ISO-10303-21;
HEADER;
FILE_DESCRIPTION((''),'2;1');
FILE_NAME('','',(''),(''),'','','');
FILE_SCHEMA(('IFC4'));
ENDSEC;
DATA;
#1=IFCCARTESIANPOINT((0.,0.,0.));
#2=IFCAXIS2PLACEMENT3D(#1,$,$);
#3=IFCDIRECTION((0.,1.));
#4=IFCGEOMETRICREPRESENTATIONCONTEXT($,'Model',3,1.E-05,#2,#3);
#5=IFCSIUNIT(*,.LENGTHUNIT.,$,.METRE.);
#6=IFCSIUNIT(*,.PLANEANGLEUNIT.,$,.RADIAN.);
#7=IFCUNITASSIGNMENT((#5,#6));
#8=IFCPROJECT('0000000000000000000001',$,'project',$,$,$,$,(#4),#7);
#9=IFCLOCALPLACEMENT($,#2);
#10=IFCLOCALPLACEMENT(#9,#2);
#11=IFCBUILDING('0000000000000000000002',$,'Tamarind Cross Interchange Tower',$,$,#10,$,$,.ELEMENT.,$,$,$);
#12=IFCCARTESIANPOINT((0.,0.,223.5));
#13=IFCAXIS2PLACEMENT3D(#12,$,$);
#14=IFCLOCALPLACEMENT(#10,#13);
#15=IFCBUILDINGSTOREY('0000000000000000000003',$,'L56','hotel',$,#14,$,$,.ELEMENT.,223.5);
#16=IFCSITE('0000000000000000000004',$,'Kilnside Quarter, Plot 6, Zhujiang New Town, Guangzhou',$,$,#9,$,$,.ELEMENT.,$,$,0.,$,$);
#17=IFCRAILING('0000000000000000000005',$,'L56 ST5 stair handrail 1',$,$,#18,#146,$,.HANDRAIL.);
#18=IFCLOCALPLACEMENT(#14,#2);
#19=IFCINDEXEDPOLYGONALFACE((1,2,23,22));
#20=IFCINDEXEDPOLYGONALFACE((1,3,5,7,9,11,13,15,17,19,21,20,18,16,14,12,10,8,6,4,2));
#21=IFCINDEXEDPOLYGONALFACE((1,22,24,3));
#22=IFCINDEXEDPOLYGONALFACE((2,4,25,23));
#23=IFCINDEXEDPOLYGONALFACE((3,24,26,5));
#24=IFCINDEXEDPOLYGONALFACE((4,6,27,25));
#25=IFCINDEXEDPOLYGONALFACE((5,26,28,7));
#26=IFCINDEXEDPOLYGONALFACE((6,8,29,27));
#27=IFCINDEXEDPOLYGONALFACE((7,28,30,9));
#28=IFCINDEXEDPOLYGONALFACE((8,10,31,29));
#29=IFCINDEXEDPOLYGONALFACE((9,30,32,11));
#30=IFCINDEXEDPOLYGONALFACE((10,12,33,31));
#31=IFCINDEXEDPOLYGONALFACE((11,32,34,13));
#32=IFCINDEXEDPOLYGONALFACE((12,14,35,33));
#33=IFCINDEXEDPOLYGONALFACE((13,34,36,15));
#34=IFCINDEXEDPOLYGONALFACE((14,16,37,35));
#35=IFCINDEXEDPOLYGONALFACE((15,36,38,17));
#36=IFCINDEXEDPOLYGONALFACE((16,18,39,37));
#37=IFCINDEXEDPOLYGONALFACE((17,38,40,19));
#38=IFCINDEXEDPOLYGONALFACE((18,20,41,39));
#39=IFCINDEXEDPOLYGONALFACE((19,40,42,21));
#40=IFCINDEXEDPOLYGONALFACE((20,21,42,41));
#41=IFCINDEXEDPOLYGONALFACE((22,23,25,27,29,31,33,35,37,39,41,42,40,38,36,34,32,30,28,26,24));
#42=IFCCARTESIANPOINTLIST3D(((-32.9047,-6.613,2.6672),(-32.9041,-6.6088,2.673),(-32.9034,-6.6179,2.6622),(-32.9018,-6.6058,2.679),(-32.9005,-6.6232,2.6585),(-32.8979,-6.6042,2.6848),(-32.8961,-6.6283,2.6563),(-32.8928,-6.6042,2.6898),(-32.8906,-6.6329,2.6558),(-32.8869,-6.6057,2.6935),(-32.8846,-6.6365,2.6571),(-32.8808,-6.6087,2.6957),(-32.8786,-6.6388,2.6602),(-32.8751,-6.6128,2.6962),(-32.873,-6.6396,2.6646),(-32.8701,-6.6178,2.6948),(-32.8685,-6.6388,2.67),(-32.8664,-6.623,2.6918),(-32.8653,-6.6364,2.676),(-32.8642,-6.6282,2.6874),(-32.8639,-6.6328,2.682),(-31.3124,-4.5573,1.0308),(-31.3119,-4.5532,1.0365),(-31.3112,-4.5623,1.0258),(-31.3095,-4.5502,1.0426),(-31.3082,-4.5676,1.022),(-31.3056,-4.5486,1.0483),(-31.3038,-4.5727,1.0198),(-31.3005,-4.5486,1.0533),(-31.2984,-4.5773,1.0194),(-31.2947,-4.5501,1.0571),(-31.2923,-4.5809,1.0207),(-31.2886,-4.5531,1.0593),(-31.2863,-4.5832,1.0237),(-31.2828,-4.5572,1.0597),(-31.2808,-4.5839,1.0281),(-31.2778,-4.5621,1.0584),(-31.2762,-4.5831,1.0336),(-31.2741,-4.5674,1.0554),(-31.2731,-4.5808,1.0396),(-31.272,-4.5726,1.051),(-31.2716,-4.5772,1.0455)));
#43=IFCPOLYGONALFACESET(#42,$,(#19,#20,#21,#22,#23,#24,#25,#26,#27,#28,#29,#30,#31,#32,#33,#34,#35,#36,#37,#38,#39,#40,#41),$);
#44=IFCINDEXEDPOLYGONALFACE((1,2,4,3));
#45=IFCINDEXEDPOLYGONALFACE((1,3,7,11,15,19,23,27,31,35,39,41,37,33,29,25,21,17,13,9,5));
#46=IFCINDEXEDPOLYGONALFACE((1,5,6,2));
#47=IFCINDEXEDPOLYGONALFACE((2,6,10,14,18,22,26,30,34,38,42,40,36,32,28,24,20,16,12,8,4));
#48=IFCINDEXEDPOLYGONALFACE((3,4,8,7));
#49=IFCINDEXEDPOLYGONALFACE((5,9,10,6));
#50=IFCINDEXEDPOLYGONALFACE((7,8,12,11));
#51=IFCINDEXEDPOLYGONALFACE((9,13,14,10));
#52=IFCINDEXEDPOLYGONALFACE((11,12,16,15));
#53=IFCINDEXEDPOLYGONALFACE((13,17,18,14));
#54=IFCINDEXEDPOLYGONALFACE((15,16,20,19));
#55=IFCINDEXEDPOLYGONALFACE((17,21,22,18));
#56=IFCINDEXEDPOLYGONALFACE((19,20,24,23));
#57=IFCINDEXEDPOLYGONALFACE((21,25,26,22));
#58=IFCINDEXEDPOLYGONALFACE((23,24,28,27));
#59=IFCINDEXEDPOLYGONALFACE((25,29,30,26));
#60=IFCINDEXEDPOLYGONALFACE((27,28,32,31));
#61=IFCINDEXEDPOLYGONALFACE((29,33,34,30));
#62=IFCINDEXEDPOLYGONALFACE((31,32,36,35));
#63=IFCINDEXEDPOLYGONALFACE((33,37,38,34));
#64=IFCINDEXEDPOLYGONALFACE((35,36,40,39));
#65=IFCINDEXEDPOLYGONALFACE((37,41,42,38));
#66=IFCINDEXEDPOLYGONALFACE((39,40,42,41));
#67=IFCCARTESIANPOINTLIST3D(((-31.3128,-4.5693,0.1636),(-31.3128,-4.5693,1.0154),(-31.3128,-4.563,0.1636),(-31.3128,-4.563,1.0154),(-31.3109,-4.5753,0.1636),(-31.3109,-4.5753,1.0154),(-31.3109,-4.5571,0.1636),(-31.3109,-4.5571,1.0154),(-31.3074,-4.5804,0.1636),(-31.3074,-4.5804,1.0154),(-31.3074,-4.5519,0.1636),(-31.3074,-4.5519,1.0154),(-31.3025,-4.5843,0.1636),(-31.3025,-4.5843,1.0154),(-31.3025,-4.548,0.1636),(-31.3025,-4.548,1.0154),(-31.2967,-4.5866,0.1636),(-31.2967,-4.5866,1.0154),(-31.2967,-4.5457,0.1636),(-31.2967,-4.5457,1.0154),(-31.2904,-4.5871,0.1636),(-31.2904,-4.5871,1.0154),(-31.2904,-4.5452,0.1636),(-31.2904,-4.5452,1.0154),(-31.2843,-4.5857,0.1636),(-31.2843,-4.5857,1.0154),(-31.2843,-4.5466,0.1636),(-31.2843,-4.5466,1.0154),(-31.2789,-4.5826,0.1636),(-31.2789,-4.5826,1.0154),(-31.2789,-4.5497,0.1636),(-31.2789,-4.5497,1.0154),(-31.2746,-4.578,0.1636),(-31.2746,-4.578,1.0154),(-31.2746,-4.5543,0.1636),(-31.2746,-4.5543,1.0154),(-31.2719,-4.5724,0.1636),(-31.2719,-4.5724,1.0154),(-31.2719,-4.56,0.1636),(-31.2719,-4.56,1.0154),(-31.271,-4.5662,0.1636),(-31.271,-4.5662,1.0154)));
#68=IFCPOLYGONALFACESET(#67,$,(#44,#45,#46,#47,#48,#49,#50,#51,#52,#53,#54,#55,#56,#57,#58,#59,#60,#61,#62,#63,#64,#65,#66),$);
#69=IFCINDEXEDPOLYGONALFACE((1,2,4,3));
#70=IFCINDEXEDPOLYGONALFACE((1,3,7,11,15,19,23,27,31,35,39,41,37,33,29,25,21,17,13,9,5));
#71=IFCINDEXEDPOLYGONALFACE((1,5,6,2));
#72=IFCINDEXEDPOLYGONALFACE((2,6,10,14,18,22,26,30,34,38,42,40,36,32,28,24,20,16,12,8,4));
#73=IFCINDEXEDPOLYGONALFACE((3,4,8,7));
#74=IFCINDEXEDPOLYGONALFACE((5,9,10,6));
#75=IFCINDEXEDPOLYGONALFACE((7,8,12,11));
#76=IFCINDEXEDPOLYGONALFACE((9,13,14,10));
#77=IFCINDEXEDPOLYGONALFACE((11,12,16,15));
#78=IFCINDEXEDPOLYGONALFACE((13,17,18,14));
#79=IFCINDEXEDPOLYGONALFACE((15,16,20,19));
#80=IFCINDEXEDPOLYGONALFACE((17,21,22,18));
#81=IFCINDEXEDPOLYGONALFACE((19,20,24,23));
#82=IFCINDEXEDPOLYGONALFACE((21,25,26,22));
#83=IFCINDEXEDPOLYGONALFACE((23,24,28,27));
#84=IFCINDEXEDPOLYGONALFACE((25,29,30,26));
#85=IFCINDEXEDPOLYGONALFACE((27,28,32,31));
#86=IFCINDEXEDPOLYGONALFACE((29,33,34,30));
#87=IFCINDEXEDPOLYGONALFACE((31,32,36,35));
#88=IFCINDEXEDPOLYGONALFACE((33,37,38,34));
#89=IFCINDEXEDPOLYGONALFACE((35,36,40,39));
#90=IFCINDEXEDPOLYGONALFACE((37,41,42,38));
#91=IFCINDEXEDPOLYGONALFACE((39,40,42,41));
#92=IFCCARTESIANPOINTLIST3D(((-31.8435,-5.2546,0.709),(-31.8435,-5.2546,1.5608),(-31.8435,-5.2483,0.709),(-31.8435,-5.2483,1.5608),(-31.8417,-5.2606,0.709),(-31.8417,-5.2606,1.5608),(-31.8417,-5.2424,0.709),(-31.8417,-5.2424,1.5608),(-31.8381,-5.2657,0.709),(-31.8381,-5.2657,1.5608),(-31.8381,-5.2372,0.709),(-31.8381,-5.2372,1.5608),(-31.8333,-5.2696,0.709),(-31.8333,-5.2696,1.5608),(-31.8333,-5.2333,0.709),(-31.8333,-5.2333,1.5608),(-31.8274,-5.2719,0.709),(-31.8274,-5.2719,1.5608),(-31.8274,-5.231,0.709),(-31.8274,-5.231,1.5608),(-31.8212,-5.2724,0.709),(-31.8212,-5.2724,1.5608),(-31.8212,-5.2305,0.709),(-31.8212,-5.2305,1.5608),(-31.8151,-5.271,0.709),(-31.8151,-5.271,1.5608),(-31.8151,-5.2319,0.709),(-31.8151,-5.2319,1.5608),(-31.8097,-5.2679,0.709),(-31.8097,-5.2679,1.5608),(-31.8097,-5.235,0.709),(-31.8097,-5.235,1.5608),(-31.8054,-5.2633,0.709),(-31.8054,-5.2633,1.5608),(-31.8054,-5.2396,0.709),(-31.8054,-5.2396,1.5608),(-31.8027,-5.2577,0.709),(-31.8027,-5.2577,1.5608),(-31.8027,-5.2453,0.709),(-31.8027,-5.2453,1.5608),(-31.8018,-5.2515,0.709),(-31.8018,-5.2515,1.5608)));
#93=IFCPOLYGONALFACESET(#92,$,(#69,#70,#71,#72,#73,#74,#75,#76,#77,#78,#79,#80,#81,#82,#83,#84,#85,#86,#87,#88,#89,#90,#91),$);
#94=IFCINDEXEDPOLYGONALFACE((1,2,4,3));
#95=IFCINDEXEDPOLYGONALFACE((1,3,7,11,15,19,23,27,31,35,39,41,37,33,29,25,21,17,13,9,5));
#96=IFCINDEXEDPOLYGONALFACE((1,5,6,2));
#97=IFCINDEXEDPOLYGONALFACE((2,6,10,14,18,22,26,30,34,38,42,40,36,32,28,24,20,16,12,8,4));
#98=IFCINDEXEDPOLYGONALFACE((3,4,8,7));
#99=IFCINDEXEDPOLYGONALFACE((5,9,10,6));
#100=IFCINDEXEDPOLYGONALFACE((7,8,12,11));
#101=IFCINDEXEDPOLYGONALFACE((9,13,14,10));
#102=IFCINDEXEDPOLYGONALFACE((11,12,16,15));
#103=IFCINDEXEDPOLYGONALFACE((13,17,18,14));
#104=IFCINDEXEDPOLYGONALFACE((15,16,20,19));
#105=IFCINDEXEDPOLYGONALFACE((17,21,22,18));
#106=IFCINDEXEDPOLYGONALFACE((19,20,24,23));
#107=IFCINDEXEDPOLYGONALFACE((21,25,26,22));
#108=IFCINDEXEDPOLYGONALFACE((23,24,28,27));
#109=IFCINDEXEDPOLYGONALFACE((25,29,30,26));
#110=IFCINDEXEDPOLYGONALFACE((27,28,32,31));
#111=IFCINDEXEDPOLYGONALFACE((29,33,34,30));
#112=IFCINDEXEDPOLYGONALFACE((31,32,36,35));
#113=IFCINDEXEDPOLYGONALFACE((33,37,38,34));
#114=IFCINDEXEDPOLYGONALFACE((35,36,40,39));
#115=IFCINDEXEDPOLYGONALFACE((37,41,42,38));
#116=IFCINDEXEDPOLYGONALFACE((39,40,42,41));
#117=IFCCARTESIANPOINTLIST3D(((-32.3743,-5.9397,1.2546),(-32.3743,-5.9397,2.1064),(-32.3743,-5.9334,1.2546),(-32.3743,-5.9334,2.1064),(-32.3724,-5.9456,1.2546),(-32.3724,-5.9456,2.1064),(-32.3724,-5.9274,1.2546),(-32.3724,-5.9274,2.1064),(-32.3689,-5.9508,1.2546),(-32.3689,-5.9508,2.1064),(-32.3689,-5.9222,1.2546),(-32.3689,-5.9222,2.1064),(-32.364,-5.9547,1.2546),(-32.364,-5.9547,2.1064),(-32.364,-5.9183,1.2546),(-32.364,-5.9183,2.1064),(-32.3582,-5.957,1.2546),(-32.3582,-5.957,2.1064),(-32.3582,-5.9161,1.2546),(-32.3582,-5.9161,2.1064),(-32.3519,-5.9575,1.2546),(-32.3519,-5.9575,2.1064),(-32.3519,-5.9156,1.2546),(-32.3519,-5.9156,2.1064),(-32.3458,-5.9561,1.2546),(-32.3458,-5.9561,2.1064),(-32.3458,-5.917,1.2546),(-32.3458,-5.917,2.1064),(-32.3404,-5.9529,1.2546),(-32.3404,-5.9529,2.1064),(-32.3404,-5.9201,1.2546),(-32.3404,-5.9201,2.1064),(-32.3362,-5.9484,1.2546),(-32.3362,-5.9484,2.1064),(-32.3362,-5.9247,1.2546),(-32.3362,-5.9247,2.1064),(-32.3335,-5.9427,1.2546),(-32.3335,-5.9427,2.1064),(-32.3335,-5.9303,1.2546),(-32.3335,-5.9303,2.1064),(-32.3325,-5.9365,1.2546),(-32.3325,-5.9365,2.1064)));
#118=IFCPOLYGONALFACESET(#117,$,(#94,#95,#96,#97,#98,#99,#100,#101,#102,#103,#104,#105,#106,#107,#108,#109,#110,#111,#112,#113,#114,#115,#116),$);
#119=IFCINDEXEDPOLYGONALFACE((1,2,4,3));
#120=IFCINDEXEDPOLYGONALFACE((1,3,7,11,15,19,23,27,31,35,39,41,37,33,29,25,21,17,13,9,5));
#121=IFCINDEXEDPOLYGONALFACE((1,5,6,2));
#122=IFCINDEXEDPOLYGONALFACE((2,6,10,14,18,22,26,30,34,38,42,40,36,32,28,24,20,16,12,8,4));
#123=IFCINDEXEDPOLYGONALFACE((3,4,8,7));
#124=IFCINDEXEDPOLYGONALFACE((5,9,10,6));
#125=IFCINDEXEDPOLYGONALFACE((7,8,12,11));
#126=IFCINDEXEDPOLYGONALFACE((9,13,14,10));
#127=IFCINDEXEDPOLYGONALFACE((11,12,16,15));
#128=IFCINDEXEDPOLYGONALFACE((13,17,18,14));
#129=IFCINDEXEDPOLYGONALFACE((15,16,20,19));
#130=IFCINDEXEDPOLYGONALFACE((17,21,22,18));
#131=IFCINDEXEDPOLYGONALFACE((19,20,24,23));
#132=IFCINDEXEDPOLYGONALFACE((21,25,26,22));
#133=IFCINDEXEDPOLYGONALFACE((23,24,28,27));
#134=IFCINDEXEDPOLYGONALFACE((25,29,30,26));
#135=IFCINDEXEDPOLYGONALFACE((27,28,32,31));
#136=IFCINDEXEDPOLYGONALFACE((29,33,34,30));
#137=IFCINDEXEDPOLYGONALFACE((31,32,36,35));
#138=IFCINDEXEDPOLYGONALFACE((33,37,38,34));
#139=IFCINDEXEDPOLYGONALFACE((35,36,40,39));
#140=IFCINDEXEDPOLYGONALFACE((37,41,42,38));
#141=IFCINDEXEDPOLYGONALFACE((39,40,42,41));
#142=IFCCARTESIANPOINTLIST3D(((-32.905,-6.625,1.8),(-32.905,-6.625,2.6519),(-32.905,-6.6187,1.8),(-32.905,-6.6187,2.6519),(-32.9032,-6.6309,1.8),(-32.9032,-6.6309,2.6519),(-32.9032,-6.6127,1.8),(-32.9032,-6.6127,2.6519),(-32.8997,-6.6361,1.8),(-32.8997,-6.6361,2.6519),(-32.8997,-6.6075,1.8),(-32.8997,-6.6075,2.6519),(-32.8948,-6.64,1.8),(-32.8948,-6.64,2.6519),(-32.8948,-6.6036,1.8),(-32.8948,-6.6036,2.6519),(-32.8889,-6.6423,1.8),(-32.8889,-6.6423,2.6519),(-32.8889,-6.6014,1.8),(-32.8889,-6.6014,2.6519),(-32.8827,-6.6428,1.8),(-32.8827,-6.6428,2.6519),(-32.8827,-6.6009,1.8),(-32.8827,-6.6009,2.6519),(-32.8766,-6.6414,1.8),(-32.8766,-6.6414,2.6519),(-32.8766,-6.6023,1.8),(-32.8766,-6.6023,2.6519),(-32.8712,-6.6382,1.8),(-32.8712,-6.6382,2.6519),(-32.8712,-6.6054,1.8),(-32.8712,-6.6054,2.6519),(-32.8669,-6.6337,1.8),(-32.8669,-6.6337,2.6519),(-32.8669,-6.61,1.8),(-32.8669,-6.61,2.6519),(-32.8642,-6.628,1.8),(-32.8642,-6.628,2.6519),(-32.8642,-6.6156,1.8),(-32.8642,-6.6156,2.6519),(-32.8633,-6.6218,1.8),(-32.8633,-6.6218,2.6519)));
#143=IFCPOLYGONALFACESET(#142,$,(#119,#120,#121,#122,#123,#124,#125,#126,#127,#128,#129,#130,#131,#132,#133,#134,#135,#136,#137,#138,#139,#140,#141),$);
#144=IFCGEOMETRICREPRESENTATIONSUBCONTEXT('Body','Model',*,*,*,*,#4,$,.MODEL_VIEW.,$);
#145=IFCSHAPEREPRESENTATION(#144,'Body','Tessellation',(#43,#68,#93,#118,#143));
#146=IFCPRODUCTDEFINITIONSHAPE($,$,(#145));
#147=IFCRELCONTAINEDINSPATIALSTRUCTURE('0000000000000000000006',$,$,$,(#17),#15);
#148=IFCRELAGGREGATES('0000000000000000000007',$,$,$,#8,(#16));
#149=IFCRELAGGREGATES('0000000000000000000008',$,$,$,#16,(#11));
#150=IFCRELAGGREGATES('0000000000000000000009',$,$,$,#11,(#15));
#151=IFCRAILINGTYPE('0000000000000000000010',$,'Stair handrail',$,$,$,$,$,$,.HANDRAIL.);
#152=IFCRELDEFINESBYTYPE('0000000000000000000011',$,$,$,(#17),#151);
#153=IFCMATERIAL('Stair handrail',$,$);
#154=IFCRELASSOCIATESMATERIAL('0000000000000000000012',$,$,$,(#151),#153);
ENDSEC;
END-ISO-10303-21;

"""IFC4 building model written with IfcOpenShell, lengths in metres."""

from ifc_helpers import new_model, si_unit, direction, frame, origin, origin_2d, place, context, subcontext, project, spatial, circle, extrude, material, type_object, element, save


model = new_model("IFC4")

# Units and contexts
model_context = context("Model", 3, precision=1e-05, world=origin(), true_north=direction((0.0, 1.0)))
body_context = subcontext(model_context, "Body", "Model", "MODEL_VIEW")
ifc_project = project(units=[si_unit("LENGTHUNIT", "METRE"), si_unit("PLANEANGLEUNIT", "RADIAN")], contexts=[model_context])

# Site, building, storey
site_placement = place(None, origin())
site = spatial("IfcSite", under=ifc_project, at=site_placement, Name="Kilnside Quarter, Plot 6, Zhujiang New Town, Guangzhou", CompositionType="ELEMENT", RefElevation=0.0)
building_placement = place(site_placement, origin())
building = spatial("IfcBuilding", under=site, at=building_placement, Name="Tamarind Cross Interchange Tower", CompositionType="ELEMENT")
storey_placement = place(building_placement, frame((0.0, 0.0, 223.5)))
storey = spatial("IfcBuildingStorey", under=building, at=storey_placement, Name="L56", Description="hotel", CompositionType="ELEMENT", Elevation=223.5)

# Railing
ifc_material_1 = material(Name="Stair handrail")
railing_type_1 = type_object("IfcRailingType", Name="Stair handrail", PredefinedType="HANDRAIL", material=ifc_material_1)
railing_1_placement = place(storey_placement, frame((-31.292, -4.5662, 0.1636)))
element("IfcRailing", 1, at=railing_1_placement, inside=storey, type_object=railing_type_1, Name="L56 ST5 stair handrail 1", PredefinedType="HANDRAIL", context=body_context, shape_type="SweptSolid", body=[
    extrude(circle(Radius=0.0239, at=origin_2d()), frame((0.0, 0.0, 0.876), z_axis=(-0.518267, -0.669091, 0.53265), x_axis=(0.790574, -0.612366, 0.0)), (0.0, 0.0, 1.0), 3.0723),
    extrude(circle(Radius=0.021, at=origin_2d()), origin(), (0.0, 0.0, 1.0), 0.8518),
    extrude(circle(Radius=0.021, at=origin_2d()), frame((-0.5308, -0.6853, 0.5454)), (0.0, 0.0, 1.0), 0.8518),
    extrude(circle(Radius=0.021, at=origin_2d()), frame((-1.0615, -1.3704, 1.0911)), (0.0, 0.0, 1.0), 0.8518),
    extrude(circle(Radius=0.021, at=origin_2d()), frame((-1.5923, -2.0557, 1.6365)), (0.0, 0.0, 1.0), 0.8518),
])

save(model, "model.ifc")
